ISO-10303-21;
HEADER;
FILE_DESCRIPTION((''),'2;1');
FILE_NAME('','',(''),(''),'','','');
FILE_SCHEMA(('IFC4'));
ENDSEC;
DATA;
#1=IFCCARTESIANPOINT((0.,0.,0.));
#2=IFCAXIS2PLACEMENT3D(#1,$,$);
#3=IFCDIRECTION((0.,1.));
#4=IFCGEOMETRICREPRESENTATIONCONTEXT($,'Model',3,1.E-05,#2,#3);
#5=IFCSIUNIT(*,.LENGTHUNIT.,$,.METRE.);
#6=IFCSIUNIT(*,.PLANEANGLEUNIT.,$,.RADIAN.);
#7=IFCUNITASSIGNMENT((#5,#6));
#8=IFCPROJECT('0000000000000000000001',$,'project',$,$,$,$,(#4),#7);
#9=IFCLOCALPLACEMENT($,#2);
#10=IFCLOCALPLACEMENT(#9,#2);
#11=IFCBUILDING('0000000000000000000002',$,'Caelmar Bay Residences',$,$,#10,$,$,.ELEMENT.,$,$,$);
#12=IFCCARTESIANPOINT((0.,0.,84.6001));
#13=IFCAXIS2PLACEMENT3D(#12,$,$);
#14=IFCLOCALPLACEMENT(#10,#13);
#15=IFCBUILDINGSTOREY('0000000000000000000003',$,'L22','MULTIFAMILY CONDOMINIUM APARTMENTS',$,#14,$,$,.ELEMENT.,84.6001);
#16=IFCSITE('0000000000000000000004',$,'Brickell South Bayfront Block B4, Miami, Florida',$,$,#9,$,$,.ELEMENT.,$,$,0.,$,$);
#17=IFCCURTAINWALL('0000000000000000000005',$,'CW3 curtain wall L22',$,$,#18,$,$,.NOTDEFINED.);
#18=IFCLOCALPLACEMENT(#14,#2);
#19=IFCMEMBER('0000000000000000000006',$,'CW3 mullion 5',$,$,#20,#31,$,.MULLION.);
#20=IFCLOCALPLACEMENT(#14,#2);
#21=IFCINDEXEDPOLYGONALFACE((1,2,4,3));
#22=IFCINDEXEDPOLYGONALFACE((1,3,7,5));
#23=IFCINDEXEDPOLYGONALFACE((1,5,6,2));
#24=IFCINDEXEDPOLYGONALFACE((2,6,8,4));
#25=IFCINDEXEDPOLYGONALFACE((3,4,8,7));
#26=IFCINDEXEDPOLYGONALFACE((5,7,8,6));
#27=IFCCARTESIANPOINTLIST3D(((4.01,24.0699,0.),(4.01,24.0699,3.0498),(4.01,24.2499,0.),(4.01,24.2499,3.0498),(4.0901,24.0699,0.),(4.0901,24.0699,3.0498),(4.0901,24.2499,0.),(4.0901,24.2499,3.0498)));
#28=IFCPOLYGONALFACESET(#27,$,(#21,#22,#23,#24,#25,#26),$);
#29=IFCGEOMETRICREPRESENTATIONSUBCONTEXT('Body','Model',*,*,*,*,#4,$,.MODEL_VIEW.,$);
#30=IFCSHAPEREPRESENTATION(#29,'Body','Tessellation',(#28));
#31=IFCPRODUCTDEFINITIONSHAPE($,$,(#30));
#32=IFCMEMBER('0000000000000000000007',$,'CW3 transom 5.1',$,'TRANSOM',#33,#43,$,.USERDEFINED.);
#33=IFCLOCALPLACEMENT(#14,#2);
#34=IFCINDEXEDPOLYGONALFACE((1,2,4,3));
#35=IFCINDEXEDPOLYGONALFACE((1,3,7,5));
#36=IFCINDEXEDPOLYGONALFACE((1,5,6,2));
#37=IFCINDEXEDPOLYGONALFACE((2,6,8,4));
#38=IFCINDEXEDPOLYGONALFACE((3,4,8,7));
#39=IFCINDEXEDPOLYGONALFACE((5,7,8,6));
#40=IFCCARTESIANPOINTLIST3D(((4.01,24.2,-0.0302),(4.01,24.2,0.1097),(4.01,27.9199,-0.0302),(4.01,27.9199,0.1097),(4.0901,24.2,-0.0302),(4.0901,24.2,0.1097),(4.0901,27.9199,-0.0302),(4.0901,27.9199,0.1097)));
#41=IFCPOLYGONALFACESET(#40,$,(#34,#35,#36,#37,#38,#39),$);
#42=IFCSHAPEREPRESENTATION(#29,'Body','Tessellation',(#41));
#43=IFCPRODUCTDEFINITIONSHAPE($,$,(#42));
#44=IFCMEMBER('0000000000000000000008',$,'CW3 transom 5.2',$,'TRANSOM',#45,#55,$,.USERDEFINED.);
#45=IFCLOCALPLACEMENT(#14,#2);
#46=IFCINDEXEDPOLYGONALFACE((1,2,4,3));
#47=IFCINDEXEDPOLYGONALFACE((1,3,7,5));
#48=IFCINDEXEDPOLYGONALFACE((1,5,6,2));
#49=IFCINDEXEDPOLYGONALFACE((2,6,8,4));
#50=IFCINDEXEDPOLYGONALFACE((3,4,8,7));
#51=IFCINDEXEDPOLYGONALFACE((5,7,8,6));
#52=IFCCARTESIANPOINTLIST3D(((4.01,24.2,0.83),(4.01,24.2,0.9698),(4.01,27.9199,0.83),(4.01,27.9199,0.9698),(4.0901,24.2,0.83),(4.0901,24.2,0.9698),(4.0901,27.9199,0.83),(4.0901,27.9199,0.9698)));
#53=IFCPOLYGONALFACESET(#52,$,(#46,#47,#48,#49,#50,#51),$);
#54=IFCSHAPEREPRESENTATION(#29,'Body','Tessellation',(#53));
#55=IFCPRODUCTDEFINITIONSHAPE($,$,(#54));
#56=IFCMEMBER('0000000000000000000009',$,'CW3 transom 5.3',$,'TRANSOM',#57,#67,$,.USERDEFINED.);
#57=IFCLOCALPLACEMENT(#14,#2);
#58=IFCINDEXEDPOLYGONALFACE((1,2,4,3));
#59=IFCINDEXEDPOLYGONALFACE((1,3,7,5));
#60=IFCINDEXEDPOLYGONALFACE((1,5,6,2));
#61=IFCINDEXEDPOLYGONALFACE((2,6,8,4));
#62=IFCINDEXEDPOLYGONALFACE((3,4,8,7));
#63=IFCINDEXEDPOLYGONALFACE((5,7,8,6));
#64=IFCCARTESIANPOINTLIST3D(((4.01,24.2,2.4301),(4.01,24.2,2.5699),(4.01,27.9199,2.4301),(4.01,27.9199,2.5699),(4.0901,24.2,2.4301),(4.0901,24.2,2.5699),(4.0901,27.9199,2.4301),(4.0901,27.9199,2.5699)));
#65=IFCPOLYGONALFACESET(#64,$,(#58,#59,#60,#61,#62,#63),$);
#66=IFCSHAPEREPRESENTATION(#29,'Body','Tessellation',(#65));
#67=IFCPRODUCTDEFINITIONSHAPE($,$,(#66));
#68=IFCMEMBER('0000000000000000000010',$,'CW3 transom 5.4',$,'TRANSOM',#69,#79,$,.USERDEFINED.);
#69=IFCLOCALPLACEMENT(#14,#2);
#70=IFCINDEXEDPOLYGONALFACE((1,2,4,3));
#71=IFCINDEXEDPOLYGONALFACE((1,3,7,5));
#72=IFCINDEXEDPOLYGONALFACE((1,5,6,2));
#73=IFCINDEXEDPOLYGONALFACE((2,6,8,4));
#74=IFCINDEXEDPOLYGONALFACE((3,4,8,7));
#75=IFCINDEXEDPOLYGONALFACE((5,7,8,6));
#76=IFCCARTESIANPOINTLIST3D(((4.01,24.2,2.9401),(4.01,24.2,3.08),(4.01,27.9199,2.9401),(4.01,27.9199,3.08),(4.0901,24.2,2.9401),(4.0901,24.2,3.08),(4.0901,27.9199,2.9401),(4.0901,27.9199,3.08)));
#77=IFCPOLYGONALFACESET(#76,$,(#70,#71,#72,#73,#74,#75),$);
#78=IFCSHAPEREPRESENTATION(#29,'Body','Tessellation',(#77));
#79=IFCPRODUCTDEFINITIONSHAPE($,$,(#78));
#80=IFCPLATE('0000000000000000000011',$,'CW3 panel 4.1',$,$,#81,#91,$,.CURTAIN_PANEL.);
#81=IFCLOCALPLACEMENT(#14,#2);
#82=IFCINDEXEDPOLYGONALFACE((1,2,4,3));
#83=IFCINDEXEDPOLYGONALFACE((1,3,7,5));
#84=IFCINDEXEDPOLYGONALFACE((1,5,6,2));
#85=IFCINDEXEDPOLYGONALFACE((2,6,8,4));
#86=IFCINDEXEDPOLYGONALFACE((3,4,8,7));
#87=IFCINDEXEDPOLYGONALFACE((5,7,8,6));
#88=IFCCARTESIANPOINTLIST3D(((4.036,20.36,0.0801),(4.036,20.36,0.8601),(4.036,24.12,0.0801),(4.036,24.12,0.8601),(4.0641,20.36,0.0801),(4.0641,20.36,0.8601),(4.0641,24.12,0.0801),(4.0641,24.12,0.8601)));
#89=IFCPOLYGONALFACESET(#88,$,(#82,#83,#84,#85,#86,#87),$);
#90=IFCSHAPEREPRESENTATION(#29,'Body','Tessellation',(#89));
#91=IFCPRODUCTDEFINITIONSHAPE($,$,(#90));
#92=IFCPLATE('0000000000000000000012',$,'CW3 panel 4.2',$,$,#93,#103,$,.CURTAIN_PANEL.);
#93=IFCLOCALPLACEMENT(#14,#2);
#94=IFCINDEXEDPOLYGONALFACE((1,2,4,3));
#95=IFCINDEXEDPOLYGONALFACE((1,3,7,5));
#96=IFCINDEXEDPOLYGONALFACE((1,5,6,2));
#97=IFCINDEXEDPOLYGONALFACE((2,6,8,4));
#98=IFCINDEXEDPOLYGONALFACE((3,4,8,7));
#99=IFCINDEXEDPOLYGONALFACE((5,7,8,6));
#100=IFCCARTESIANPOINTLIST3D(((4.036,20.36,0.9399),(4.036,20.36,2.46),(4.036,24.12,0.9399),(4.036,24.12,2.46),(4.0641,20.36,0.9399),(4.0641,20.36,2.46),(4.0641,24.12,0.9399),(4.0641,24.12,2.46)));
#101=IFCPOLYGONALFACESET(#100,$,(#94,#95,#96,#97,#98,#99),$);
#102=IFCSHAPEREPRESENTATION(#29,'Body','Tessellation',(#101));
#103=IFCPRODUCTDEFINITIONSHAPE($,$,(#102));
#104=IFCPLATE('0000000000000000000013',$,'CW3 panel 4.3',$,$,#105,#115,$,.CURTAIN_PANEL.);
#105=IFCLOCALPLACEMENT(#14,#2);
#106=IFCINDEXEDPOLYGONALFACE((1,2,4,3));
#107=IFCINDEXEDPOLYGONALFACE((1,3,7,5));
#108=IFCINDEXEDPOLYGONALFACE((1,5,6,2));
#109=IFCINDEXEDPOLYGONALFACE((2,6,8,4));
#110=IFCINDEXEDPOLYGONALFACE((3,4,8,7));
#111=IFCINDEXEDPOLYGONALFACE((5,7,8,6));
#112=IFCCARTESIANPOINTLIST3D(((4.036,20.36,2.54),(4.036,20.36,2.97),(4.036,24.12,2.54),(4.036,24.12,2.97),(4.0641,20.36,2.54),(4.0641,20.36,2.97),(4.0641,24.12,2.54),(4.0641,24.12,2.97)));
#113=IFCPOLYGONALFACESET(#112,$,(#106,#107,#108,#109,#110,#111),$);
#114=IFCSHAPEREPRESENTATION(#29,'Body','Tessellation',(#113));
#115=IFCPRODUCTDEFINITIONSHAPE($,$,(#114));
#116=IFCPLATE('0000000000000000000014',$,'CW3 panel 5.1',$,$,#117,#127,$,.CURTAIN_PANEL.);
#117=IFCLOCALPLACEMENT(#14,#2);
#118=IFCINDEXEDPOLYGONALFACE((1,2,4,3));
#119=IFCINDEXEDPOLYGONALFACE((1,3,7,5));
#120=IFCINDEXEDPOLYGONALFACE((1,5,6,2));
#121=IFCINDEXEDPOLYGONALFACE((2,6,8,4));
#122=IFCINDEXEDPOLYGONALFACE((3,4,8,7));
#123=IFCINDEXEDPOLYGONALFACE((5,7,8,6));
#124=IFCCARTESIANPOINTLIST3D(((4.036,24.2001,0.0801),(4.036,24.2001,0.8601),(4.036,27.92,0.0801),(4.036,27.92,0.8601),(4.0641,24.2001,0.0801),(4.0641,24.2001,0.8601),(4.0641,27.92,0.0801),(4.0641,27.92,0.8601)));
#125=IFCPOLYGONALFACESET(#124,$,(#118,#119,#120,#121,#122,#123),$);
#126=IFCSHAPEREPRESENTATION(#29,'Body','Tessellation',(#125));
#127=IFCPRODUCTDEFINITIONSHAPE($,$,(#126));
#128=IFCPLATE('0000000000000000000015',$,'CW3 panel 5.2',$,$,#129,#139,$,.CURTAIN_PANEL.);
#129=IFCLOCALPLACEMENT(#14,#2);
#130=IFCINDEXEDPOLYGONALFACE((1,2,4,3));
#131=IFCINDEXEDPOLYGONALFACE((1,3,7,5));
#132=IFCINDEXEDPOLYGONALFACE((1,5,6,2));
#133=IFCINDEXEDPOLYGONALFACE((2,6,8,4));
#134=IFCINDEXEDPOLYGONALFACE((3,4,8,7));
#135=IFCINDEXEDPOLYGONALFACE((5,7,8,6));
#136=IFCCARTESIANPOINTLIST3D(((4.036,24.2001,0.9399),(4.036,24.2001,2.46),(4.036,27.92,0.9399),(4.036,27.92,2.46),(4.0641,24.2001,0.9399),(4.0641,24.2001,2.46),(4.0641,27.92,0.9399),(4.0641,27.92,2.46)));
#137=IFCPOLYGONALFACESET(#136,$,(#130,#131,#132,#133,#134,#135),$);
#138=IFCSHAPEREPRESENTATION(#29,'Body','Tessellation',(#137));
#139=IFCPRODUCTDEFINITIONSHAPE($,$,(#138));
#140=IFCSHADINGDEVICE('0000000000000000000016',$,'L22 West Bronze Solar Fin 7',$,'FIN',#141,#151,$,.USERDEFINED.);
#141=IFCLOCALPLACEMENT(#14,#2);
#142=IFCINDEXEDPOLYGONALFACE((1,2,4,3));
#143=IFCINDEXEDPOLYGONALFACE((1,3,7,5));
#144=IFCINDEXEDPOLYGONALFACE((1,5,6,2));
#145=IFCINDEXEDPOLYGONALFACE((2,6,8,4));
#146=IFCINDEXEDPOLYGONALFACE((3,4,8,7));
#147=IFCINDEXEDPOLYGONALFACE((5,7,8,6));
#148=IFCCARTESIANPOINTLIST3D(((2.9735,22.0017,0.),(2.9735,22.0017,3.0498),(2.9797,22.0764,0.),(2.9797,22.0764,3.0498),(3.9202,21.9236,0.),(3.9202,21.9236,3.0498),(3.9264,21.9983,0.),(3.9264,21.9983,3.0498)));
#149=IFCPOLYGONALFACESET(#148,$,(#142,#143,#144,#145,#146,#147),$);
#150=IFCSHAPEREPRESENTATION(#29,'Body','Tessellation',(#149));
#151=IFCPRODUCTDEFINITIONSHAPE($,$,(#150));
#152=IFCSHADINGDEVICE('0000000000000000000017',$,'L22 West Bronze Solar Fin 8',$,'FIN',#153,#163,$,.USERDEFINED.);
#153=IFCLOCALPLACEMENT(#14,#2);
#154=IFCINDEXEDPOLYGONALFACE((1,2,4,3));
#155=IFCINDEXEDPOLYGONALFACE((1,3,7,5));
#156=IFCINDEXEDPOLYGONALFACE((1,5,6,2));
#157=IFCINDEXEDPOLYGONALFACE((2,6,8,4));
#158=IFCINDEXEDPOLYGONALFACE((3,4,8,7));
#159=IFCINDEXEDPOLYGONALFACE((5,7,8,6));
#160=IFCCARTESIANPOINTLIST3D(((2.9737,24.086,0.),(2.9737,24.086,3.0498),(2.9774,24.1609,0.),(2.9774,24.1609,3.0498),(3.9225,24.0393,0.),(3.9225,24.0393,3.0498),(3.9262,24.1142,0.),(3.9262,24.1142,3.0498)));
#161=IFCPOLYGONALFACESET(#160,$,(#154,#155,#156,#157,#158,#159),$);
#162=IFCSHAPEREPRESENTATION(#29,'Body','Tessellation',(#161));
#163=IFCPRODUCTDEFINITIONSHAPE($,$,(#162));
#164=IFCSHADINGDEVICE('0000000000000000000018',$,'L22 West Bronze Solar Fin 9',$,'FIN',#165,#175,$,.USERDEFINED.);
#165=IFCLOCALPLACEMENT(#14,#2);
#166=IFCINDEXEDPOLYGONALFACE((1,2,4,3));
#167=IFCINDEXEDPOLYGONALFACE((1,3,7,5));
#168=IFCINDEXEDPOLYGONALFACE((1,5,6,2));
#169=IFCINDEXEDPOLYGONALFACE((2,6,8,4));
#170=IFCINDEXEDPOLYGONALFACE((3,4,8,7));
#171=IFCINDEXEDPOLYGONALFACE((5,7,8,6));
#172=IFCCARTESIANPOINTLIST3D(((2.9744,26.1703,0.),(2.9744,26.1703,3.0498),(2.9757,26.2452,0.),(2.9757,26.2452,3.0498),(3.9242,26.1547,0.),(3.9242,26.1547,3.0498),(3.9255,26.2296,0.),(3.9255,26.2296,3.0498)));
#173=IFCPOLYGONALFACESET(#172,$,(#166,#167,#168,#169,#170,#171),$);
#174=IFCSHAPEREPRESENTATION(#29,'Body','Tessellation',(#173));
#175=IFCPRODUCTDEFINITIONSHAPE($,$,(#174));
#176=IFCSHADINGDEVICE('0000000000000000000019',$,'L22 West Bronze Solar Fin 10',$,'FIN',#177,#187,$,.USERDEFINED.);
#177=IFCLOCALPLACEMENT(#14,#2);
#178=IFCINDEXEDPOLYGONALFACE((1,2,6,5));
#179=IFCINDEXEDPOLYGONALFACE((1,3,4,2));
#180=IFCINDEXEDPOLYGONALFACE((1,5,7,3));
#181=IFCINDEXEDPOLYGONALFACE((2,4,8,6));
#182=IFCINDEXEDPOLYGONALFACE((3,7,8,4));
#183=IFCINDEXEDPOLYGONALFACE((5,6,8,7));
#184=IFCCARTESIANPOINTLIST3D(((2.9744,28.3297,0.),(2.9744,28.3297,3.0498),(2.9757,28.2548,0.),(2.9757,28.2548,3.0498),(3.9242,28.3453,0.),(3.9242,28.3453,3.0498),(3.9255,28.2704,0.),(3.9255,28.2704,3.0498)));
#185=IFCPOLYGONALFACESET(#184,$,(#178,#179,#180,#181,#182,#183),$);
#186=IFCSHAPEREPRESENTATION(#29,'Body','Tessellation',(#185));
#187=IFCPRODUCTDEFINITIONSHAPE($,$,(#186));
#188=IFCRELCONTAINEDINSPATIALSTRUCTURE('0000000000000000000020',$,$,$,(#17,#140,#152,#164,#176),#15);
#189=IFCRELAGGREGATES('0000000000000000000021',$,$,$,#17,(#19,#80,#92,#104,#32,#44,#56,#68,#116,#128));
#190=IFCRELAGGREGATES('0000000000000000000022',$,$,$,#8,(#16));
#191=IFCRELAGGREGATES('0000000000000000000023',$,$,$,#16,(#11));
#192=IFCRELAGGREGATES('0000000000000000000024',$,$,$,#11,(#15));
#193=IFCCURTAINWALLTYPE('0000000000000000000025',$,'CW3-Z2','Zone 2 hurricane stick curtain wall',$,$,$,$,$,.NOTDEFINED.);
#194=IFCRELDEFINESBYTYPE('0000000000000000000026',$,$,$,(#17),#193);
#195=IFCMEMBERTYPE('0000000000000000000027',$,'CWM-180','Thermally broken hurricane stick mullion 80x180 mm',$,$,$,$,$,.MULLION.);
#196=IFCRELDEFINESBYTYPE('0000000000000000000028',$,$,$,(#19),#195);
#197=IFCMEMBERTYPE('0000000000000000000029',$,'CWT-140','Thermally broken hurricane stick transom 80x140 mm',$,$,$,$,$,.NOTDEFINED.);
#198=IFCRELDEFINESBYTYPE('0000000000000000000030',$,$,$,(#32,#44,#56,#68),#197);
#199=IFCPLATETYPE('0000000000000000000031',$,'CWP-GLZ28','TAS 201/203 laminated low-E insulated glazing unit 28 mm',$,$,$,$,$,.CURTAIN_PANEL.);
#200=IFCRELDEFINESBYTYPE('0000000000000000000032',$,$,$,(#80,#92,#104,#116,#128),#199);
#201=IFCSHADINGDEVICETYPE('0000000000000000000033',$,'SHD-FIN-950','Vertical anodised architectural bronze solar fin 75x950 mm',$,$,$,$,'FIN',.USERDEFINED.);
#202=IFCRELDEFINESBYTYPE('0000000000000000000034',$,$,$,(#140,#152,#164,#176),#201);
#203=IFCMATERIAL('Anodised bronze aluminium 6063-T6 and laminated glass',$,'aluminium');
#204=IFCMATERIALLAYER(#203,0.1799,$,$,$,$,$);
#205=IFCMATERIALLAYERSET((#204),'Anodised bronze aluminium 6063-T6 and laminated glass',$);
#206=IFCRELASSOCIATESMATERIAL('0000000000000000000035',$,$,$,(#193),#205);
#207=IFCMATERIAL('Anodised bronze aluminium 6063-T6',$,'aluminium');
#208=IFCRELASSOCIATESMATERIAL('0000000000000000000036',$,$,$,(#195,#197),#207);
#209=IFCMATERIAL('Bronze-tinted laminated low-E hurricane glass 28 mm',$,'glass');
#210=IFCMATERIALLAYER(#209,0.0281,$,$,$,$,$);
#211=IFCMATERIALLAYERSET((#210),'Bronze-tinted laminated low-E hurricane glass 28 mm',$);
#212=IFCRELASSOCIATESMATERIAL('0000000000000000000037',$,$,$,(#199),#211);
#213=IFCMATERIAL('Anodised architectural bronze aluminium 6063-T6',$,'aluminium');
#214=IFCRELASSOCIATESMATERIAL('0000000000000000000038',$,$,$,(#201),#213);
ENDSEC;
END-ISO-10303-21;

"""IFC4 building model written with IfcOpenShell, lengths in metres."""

from ifc_helpers import new_model, si_unit, direction, frame, origin, origin_2d, place, context, subcontext, project, spatial, rectangle, extrude, material, layer, layer_set, material_profile, profile_set, type_object, element, aggregate, save


model = new_model("IFC4")

# Units and contexts
model_context = context("Model", 3, precision=1e-05, world=origin(), true_north=direction((0.0, 1.0)))
body_context = subcontext(model_context, "Body", "Model", "MODEL_VIEW")
ifc_project = project(units=[si_unit("LENGTHUNIT", "METRE"), si_unit("PLANEANGLEUNIT", "RADIAN")], contexts=[model_context])

# Site, building, storey
site_placement = place(None, origin())
site = spatial("IfcSite", under=ifc_project, at=site_placement, Name="Brickell South Bayfront Block B4, Miami, Florida", CompositionType="ELEMENT", RefElevation=0.0)
building_placement = place(site_placement, origin())
building = spatial("IfcBuilding", under=site, at=building_placement, Name="Caelmar Bay Residences", CompositionType="ELEMENT")
storey_placement = place(building_placement, frame((0.0, 0.0, 84.6001)))
storey = spatial("IfcBuildingStorey", under=building, at=storey_placement, Name="L22", Description="MULTIFAMILY CONDOMINIUM APARTMENTS", CompositionType="ELEMENT", Elevation=84.6001)

# Curtain wall, members, plates
ifc_material_1 = material(Name="Anodised bronze aluminium 6063-T6 and laminated glass", Category="aluminium")
ifc_layer_1 = layer(ifc_material_1, 0.1799)
ifc_layer_set_1 = layer_set([ifc_layer_1], Name="Anodised bronze aluminium 6063-T6 and laminated glass")
curtain_wall_type = type_object("IfcCurtainWallType", Name="CW3-Z2", Description="Zone 2 hurricane stick curtain wall", PredefinedType="NOTDEFINED", material=ifc_layer_set_1)
curtain_wall_placement = place(storey_placement, origin())
curtain_wall = element("IfcCurtainWall", 1, at=curtain_wall_placement, inside=storey, type_object=curtain_wall_type, Name="CW3 curtain wall L22", PredefinedType="NOTDEFINED")
ifc_material_2 = material(Name="Anodised bronze aluminium 6063-T6", Category="aluminium")
ifc_material_profile_1 = material_profile(ifc_material_2, rectangle(XDim=0.0801, YDim=0.1799, at=origin_2d()), Name="CWM-80X180")
ifc_profile_set_1 = profile_set([ifc_material_profile_1], Name="Anodised bronze aluminium 6063-T6")
member_type_1 = type_object("IfcMemberType", Name="CWM-180", Description="Thermally broken hurricane stick mullion 80x180 mm", PredefinedType="MULLION", material=ifc_profile_set_1)
member_1_placement = place(storey_placement, frame((4.05, 24.1599, 0.0), z_axis=(0.0, 0.0, 1.0), x_axis=(-1.0, 0.0, 0.0)))
member_1 = element("IfcMember", 2, at=member_1_placement, type_object=member_type_1, Name="CW3 mullion 5", PredefinedType="MULLION", context=body_context, shape_type="SweptSolid", body=[
    extrude(rectangle(XDim=0.0801, YDim=0.1799, at=origin_2d()), origin(), (0.0, 0.0, 1.0), 3.0498),
])
ifc_material_profile_2 = material_profile(ifc_material_2, rectangle(XDim=0.0801, YDim=0.1399, at=origin_2d()), Name="CWT-80X140")
ifc_profile_set_2 = profile_set([ifc_material_profile_2], Name="Anodised bronze aluminium 6063-T6")
member_type_2 = type_object("IfcMemberType", Name="CWT-140", Description="Thermally broken hurricane stick transom 80x140 mm", PredefinedType="NOTDEFINED", material=ifc_profile_set_2)
member_2_placement = place(storey_placement, frame((4.05, 24.2, 0.0398), z_axis=(0.0, 1.0, 0.0), x_axis=(-1.0, 0.0, 0.0)))
member_2 = element("IfcMember", 3, at=member_2_placement, type_object=member_type_2, Name="CW3 transom 5.1", ObjectType="TRANSOM", PredefinedType="USERDEFINED", context=body_context, shape_type="SweptSolid", body=[
    extrude(rectangle(XDim=0.0801, YDim=0.1399, at=origin_2d()), origin(), (0.0, 0.0, 1.0), 3.72),
])
member_3_placement = place(storey_placement, frame((4.05, 24.2, 0.8999), z_axis=(0.0, 1.0, 0.0), x_axis=(-1.0, 0.0, 0.0)))
member_3 = element("IfcMember", 4, at=member_3_placement, type_object=member_type_2, Name="CW3 transom 5.2", ObjectType="TRANSOM", PredefinedType="USERDEFINED", context=body_context, shape_type="SweptSolid", body=[
    extrude(rectangle(XDim=0.0801, YDim=0.1399, at=origin_2d()), origin(), (0.0, 0.0, 1.0), 3.72),
])
member_4_placement = place(storey_placement, frame((4.05, 24.2, 2.5), z_axis=(0.0, 1.0, 0.0), x_axis=(-1.0, 0.0, 0.0)))
member_4 = element("IfcMember", 5, at=member_4_placement, type_object=member_type_2, Name="CW3 transom 5.3", ObjectType="TRANSOM", PredefinedType="USERDEFINED", context=body_context, shape_type="SweptSolid", body=[
    extrude(rectangle(XDim=0.0801, YDim=0.1399, at=origin_2d()), origin(), (0.0, 0.0, 1.0), 3.72),
])
member_5_placement = place(storey_placement, frame((4.05, 24.2, 3.01), z_axis=(0.0, 1.0, 0.0), x_axis=(-1.0, 0.0, 0.0)))
member_5 = element("IfcMember", 6, at=member_5_placement, type_object=member_type_2, Name="CW3 transom 5.4", ObjectType="TRANSOM", PredefinedType="USERDEFINED", context=body_context, shape_type="SweptSolid", body=[
    extrude(rectangle(XDim=0.0801, YDim=0.1399, at=origin_2d()), origin(), (0.0, 0.0, 1.0), 3.72),
])
ifc_material_3 = material(Name="Bronze-tinted laminated low-E hurricane glass 28 mm", Category="glass")
ifc_layer_2 = layer(ifc_material_3, 0.0281)
ifc_layer_set_2 = layer_set([ifc_layer_2], Name="Bronze-tinted laminated low-E hurricane glass 28 mm")
plate_type = type_object("IfcPlateType", Name="CWP-GLZ28", Description="TAS 201/203 laminated low-E insulated glazing unit 28 mm", PredefinedType="CURTAIN_PANEL", material=ifc_layer_set_2)
plate_1_placement = place(storey_placement, frame((4.05, 22.24, 0.0801), z_axis=(0.0, 0.0, 1.0), x_axis=(0.0, 1.0, 0.0)))
plate_1 = element("IfcPlate", 7, at=plate_1_placement, type_object=plate_type, Name="CW3 panel 4.1", PredefinedType="CURTAIN_PANEL", context=body_context, shape_type="SweptSolid", body=[
    extrude(rectangle(XDim=3.76, YDim=0.0281, at=origin_2d()), origin(), (0.0, 0.0, 1.0), 0.78),
])
plate_2_placement = place(storey_placement, frame((4.05, 22.24, 0.9399), z_axis=(0.0, 0.0, 1.0), x_axis=(0.0, 1.0, 0.0)))
plate_2 = element("IfcPlate", 8, at=plate_2_placement, type_object=plate_type, Name="CW3 panel 4.2", PredefinedType="CURTAIN_PANEL", context=body_context, shape_type="SweptSolid", body=[
    extrude(rectangle(XDim=3.76, YDim=0.0281, at=origin_2d()), origin(), (0.0, 0.0, 1.0), 1.52),
])
plate_3_placement = place(storey_placement, frame((4.05, 22.24, 2.54), z_axis=(0.0, 0.0, 1.0), x_axis=(0.0, 1.0, 0.0)))
plate_3 = element("IfcPlate", 9, at=plate_3_placement, type_object=plate_type, Name="CW3 panel 4.3", PredefinedType="CURTAIN_PANEL", context=body_context, shape_type="SweptSolid", body=[
    extrude(rectangle(XDim=3.76, YDim=0.0281, at=origin_2d()), origin(), (0.0, 0.0, 1.0), 0.4299),
])
plate_4_placement = place(storey_placement, frame((4.05, 26.0601, 0.0801), z_axis=(0.0, 0.0, 1.0), x_axis=(0.0, 1.0, 0.0)))
plate_4 = element("IfcPlate", 10, at=plate_4_placement, type_object=plate_type, Name="CW3 panel 5.1", PredefinedType="CURTAIN_PANEL", context=body_context, shape_type="SweptSolid", body=[
    extrude(rectangle(XDim=3.72, YDim=0.0281, at=origin_2d()), origin(), (0.0, 0.0, 1.0), 0.78),
])
plate_5_placement = place(storey_placement, frame((4.05, 26.0601, 0.9399), z_axis=(0.0, 0.0, 1.0), x_axis=(0.0, 1.0, 0.0)))
plate_5 = element("IfcPlate", 11, at=plate_5_placement, type_object=plate_type, Name="CW3 panel 5.2", PredefinedType="CURTAIN_PANEL", context=body_context, shape_type="SweptSolid", body=[
    extrude(rectangle(XDim=3.72, YDim=0.0281, at=origin_2d()), origin(), (0.0, 0.0, 1.0), 1.52),
])
aggregate(curtain_wall, [member_1, plate_1, plate_2, plate_3, member_2, member_3, member_4, member_5, plate_4, plate_5])

# Shading devices
ifc_material_4 = material(Name="Anodised architectural bronze aluminium 6063-T6", Category="aluminium")
ifc_material_profile_3 = material_profile(ifc_material_4, rectangle(XDim=0.075, YDim=0.95, at=origin_2d()), Name="BRONZE-FIN-75X950")
ifc_profile_set_3 = profile_set([ifc_material_profile_3], Name="Anodised architectural bronze aluminium 6063-T6")
shading_device_type = type_object("IfcShadingDeviceType", Name="SHD-FIN-950", Description="Vertical anodised architectural bronze solar fin 75x950 mm", ElementType="FIN", PredefinedType="USERDEFINED", material=ifc_profile_set_3)
for number, where, z_axis, x_axis, name in (
    (12, (3.45, 22.0, 0.0), (0.0, 0.0, 1.0), (0.082112, 0.996623, 0.0), "L22 West Bronze Solar Fin 7"),
    (13, (3.45, 24.1001, 0.0), (0.0, 0.0, 1.0), (0.049198, 0.998789, 0.0), "L22 West Bronze Solar Fin 8"),
    (14, (3.45, 26.2, 0.0), (0.0, 0.0, 1.0), (0.016405, 0.999865, 0.0), "L22 West Bronze Solar Fin 9"),
    (15, (3.45, 28.3, 0.0), (0.0, 0.0, 1.0), (-0.016405, 0.999865, 0.0), "L22 West Bronze Solar Fin 10"),
):
    element("IfcShadingDevice", number, at=place(storey_placement, frame(where, z_axis=z_axis, x_axis=x_axis)), inside=storey, type_object=shading_device_type, Name=name, ObjectType="FIN", PredefinedType="USERDEFINED", context=body_context, shape_type="SweptSolid", body=[
        extrude(rectangle(XDim=0.075, YDim=0.95, at=origin_2d()), origin(), (0.0, 0.0, 1.0), 3.0498),
    ])

save(model, "model.ifc")
